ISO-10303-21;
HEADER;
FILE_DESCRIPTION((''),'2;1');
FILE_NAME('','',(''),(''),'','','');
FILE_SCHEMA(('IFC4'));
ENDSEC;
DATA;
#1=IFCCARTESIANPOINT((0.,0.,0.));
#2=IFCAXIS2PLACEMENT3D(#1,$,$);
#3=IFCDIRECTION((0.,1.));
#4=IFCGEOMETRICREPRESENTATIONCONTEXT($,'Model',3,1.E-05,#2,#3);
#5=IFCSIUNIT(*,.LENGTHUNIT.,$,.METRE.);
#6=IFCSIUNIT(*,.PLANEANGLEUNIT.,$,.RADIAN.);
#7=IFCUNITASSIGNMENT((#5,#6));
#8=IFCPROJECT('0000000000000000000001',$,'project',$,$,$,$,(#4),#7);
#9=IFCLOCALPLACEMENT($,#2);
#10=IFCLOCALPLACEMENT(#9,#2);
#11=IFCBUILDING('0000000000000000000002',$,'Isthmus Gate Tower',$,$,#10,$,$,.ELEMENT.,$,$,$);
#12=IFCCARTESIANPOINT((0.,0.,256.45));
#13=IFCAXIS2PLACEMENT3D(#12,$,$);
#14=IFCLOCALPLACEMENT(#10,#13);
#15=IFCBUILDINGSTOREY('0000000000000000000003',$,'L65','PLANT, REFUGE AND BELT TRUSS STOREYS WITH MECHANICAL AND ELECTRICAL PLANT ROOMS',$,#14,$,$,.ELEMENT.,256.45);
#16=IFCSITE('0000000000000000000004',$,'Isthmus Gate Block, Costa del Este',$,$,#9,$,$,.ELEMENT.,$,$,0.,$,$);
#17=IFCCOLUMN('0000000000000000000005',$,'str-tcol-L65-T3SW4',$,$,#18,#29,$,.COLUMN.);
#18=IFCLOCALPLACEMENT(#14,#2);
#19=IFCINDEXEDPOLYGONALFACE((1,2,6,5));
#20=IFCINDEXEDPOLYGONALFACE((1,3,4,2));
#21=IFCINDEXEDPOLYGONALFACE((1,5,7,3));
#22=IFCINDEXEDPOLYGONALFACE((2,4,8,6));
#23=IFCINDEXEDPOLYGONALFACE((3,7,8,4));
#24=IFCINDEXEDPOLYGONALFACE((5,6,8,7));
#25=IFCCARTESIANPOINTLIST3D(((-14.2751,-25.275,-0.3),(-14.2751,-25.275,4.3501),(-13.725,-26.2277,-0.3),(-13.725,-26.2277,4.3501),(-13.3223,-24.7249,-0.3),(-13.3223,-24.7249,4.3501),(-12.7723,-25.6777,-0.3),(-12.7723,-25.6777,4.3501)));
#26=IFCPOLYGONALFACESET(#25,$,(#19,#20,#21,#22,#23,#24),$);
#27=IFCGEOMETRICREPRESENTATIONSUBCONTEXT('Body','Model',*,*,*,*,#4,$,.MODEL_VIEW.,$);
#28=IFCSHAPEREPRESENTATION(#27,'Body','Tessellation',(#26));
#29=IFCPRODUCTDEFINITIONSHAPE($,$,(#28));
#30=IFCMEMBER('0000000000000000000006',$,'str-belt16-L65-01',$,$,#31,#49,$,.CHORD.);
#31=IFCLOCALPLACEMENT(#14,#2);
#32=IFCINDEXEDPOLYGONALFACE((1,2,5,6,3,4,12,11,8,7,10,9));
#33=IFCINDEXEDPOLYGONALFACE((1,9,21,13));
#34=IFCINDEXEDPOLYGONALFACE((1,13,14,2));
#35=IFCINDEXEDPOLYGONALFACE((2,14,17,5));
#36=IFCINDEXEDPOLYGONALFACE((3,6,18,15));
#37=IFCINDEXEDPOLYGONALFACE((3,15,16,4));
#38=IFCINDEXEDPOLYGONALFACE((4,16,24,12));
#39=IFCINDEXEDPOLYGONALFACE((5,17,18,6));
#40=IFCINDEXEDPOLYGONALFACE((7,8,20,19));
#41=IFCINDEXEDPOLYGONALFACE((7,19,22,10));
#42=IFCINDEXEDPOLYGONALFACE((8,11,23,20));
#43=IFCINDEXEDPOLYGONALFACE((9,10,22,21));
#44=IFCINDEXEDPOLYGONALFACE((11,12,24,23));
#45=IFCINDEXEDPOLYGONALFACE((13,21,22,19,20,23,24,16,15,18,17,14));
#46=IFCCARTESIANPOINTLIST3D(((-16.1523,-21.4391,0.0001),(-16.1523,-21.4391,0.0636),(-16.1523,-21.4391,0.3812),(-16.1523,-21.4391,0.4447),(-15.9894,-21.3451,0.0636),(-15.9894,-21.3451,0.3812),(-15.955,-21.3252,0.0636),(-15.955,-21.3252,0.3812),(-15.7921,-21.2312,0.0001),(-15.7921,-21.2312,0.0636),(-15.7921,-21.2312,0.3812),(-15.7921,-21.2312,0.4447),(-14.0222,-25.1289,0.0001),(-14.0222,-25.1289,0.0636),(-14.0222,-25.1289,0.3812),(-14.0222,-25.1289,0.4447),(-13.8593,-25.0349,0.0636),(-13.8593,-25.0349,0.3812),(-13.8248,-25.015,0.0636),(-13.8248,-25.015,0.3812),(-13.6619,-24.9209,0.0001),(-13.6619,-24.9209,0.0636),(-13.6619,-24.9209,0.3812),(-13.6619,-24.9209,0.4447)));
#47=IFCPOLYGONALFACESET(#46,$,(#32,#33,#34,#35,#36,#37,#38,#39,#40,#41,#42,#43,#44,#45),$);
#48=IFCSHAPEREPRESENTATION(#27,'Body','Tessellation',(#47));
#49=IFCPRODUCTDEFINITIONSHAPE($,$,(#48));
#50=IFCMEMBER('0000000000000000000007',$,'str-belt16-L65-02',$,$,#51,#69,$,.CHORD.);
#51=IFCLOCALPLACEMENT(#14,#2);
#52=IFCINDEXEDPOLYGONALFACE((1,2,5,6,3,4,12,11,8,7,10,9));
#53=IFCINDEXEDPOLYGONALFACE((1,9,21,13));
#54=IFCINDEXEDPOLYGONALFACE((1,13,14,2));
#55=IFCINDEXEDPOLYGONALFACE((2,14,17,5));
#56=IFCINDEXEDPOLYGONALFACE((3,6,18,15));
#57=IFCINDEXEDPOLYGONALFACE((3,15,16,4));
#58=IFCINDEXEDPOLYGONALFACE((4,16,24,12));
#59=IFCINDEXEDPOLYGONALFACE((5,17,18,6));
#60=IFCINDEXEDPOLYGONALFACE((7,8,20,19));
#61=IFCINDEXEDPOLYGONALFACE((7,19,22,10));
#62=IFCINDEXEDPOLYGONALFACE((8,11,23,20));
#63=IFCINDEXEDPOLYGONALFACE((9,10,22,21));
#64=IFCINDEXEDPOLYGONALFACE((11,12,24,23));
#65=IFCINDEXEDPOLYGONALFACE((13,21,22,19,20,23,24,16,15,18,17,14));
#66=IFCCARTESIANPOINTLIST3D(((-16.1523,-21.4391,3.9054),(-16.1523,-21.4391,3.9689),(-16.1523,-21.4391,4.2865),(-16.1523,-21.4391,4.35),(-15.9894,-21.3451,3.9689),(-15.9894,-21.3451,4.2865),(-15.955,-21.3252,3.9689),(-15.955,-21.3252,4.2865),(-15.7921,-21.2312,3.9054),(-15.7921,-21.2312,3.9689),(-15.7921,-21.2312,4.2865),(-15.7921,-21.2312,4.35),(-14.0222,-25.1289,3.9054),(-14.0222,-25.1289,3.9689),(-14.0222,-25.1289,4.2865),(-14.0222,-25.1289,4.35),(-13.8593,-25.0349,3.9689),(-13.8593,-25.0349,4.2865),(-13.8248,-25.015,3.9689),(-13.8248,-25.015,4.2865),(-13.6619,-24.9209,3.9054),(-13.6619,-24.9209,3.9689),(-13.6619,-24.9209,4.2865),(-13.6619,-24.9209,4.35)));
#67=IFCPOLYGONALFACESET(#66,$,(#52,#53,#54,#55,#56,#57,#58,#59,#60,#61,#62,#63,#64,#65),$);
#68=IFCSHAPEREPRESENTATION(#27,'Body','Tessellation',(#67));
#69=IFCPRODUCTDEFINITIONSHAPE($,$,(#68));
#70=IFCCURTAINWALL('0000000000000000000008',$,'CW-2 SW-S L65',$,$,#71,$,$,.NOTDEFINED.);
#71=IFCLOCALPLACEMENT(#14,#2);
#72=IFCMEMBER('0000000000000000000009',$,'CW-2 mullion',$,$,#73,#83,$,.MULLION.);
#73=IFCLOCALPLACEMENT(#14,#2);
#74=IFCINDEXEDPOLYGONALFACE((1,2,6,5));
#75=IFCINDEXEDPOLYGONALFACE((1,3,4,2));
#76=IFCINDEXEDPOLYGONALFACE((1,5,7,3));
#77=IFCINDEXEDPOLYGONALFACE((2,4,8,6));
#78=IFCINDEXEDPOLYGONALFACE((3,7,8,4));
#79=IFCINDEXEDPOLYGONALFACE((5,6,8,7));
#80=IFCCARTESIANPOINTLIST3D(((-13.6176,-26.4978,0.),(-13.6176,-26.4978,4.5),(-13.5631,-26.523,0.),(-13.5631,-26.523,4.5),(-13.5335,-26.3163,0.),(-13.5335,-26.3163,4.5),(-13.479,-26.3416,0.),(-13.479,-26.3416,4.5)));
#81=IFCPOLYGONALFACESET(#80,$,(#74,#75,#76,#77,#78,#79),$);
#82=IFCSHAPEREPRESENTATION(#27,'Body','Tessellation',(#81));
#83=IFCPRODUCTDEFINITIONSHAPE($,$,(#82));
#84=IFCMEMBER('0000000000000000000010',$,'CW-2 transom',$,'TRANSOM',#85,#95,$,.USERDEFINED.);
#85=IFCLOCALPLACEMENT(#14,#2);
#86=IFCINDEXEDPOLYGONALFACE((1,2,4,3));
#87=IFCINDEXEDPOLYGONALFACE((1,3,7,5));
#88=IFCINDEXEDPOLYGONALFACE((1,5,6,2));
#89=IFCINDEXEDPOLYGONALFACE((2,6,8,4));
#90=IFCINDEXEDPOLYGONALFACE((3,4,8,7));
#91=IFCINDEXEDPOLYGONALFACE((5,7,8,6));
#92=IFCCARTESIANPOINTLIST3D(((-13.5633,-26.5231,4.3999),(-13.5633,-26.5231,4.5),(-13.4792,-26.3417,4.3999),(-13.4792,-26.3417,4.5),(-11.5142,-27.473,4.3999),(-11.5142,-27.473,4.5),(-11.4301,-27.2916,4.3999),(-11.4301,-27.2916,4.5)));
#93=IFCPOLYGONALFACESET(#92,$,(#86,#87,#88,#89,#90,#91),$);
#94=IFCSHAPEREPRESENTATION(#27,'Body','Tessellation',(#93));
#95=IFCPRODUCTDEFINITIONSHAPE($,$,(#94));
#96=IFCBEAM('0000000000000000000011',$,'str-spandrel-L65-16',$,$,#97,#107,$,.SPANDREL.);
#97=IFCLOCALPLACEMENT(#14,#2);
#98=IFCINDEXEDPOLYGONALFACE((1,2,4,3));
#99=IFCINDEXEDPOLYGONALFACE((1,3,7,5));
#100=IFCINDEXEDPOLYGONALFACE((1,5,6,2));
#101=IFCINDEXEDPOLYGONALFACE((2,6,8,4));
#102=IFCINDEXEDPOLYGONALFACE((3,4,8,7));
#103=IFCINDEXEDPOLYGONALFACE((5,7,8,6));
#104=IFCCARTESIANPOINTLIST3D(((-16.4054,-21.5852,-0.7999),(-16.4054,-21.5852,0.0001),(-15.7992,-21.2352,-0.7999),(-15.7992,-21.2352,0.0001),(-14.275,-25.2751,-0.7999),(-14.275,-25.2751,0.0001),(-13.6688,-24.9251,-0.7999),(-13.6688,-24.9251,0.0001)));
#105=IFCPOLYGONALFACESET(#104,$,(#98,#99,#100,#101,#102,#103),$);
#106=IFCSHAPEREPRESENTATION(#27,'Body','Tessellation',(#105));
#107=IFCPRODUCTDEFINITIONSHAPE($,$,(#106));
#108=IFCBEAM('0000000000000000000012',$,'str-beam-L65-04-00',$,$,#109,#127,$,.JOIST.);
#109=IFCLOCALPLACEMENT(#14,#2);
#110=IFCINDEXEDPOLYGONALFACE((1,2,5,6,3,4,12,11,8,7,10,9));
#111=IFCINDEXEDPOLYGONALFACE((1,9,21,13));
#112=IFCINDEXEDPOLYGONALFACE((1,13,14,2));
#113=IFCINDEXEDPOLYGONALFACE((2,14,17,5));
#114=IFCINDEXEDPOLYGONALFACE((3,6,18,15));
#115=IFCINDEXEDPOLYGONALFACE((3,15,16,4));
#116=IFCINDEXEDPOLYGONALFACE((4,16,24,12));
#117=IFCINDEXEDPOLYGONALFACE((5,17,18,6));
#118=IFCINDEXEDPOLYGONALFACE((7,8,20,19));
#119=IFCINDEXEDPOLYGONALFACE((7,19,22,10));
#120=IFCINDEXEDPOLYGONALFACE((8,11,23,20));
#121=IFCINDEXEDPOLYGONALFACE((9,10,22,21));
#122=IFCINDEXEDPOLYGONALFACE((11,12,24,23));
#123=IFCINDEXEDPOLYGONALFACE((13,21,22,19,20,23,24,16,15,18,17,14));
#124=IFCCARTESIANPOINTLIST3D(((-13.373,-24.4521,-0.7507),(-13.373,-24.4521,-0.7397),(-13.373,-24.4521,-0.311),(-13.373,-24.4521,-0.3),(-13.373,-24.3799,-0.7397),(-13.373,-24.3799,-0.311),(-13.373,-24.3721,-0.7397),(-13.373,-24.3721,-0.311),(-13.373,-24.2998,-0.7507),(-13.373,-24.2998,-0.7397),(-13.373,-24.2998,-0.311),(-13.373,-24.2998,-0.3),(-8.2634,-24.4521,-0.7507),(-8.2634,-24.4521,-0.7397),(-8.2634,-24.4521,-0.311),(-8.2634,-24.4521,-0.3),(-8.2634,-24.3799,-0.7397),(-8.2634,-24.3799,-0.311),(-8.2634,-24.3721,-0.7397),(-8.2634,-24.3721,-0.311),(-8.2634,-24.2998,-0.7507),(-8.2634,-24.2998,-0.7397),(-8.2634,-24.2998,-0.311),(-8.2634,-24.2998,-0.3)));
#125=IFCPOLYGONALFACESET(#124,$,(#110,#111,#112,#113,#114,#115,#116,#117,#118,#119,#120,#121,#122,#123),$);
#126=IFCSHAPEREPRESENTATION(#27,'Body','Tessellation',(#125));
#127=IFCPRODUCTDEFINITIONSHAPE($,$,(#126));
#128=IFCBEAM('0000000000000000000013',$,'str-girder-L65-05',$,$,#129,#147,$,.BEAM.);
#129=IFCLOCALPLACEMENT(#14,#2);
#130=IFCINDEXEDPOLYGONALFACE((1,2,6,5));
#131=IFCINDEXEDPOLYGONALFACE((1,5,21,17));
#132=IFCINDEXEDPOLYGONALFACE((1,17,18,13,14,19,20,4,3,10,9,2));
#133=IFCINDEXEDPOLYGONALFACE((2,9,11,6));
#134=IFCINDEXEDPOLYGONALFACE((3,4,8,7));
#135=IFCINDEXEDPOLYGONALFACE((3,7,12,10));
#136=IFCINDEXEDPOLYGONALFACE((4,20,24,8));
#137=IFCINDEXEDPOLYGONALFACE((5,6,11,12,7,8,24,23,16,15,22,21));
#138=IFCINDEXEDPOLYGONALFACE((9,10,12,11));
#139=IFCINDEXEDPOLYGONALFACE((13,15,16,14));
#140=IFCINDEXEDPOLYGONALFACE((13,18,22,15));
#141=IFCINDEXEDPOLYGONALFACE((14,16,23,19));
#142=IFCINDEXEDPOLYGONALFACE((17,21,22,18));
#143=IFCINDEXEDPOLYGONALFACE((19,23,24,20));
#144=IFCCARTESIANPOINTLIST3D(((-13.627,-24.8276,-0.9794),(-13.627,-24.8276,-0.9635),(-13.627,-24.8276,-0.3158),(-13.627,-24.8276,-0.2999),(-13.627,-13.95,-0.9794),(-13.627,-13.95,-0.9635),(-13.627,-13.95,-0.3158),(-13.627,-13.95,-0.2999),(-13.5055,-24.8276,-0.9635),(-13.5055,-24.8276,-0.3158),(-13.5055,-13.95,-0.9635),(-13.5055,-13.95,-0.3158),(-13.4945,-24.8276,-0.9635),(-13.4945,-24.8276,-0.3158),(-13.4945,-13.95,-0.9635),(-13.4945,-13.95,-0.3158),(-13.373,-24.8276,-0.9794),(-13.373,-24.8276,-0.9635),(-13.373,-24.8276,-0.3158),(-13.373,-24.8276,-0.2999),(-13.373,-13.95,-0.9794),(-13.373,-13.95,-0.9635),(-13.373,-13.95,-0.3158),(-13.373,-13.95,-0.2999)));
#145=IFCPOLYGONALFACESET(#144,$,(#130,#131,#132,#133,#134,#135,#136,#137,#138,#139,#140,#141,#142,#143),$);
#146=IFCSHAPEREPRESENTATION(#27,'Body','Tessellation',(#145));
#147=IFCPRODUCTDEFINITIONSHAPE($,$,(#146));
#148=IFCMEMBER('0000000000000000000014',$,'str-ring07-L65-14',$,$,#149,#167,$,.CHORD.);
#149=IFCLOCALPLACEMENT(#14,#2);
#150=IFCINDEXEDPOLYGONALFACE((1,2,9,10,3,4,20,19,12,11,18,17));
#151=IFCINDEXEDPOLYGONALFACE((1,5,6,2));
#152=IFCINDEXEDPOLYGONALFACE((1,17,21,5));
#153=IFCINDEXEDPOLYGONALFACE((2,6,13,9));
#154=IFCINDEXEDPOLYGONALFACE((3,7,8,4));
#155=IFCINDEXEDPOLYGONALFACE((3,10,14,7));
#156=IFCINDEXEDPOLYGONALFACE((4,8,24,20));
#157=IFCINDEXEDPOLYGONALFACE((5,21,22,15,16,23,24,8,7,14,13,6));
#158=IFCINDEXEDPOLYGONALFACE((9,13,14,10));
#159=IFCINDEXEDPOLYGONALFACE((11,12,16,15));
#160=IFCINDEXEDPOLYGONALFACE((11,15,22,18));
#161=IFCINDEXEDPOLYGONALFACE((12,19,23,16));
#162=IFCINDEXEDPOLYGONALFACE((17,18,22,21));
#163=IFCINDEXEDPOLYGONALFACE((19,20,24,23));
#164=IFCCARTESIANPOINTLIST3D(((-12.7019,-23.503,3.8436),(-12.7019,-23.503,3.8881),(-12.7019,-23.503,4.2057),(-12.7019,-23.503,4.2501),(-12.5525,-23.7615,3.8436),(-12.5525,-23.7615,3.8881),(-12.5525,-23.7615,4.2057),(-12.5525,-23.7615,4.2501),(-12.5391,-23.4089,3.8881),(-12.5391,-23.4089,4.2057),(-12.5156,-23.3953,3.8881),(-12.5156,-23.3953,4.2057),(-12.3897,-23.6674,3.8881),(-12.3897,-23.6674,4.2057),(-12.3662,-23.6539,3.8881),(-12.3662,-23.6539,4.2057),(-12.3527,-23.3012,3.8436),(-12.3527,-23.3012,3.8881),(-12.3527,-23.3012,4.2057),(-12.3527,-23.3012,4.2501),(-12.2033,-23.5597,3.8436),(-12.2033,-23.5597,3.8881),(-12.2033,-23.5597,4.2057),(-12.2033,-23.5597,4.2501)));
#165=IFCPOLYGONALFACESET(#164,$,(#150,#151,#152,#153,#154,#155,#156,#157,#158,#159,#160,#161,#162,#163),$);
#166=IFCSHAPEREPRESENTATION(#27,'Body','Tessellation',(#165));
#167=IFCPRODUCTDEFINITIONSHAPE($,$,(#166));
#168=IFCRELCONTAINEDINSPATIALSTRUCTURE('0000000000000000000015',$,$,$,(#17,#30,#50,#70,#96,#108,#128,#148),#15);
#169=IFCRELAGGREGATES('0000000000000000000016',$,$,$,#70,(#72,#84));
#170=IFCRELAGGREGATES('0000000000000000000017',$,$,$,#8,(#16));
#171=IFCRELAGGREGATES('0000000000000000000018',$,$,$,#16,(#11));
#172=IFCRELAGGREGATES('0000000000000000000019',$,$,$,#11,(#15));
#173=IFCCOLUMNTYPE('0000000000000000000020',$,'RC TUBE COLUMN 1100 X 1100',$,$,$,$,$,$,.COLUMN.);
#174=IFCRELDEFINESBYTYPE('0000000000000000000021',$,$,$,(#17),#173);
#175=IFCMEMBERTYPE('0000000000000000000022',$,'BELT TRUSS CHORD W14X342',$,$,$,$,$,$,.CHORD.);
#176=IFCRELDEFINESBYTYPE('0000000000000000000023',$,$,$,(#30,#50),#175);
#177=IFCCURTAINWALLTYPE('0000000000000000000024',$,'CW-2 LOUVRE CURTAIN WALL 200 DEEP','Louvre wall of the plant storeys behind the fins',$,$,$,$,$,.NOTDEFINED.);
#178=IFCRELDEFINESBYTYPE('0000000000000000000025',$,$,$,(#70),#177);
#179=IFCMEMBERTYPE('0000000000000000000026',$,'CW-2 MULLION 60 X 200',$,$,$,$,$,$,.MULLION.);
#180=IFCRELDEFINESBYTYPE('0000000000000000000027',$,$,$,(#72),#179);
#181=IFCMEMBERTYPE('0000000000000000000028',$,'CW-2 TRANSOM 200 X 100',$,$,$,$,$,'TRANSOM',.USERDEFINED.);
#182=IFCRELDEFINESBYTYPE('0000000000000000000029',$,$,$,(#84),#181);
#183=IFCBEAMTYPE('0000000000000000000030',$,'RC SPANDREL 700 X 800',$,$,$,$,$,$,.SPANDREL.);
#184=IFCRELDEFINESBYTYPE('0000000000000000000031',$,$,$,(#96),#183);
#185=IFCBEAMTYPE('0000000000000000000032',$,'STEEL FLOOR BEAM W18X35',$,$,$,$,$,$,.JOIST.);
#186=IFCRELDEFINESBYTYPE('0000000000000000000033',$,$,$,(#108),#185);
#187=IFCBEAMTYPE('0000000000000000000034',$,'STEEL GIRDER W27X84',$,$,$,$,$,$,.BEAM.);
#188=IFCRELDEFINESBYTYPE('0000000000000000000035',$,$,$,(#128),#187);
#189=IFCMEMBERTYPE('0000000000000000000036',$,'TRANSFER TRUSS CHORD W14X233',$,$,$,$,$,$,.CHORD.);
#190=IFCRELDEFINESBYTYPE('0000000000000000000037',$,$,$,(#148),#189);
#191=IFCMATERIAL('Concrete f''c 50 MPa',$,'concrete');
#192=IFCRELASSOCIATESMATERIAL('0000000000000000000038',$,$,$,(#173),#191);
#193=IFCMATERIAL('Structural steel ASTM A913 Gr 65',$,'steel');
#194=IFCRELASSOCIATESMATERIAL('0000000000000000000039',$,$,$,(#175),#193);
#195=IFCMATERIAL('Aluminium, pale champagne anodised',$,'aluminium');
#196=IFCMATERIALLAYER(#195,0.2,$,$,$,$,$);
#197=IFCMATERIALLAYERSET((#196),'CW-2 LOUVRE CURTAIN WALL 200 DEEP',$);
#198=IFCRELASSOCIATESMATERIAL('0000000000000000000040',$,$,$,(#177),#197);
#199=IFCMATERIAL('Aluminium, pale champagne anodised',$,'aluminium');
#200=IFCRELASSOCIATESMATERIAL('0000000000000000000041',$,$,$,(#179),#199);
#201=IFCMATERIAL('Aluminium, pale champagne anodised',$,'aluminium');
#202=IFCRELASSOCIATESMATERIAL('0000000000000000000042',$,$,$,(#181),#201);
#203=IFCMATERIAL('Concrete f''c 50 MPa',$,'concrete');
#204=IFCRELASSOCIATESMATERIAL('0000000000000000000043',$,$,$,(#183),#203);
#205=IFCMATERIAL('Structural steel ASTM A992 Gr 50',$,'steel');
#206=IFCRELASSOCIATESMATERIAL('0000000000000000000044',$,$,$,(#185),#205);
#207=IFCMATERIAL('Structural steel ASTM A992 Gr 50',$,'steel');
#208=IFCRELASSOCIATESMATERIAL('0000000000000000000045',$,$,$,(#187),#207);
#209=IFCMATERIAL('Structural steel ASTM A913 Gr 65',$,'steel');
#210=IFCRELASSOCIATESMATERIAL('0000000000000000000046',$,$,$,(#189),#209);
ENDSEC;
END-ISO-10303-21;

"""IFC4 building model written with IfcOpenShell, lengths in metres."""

from ifc_helpers import new_model, si_unit, direction, frame, origin, origin_2d, place, context, subcontext, project, spatial, rectangle, i_section, extrude, material, layer, layer_set, material_profile, profile_set, type_object, element, aggregate, save


model = new_model("IFC4")

# Units and contexts
model_context = context("Model", 3, precision=1e-05, world=origin(), true_north=direction((0.0, 1.0)))
body_context = subcontext(model_context, "Body", "Model", "MODEL_VIEW")
ifc_project = project(units=[si_unit("LENGTHUNIT", "METRE"), si_unit("PLANEANGLEUNIT", "RADIAN")], contexts=[model_context])

# Site, building, storey
site_placement = place(None, origin())
site = spatial("IfcSite", under=ifc_project, at=site_placement, Name="Isthmus Gate Block, Costa del Este", CompositionType="ELEMENT", RefElevation=0.0)
building_placement = place(site_placement, origin())
building = spatial("IfcBuilding", under=site, at=building_placement, Name="Isthmus Gate Tower", CompositionType="ELEMENT")
storey_placement = place(building_placement, frame((0.0, 0.0, 256.45)))
storey = spatial("IfcBuildingStorey", under=building, at=storey_placement, Name="L65", Description="PLANT, REFUGE AND BELT TRUSS STOREYS WITH MECHANICAL AND ELECTRICAL PLANT ROOMS", CompositionType="ELEMENT", Elevation=256.45)

# Column
ifc_material_1 = material(Name="Concrete f'c 50 MPa", Category="concrete")
ifc_material_profile_1 = material_profile(ifc_material_1, rectangle(XDim=1.1001, YDim=1.1001, at=origin_2d()), Name="RC 1100X1100")
ifc_profile_set_1 = profile_set([ifc_material_profile_1], Name="Concrete f'c 50 MPa")
column_type = type_object("IfcColumnType", Name="RC TUBE COLUMN 1100 X 1100", PredefinedType="COLUMN", material=ifc_profile_set_1)
column_placement = place(storey_placement, frame((-13.5237, -25.4763, -0.3), z_axis=(0.0, 0.0, 1.0), x_axis=(0.5, -0.866025, 0.0)))
element("IfcColumn", 1, at=column_placement, inside=storey, type_object=column_type, Name="str-tcol-L65-T3SW4", PredefinedType="COLUMN", context=body_context, shape_type="SweptSolid", body=[
    extrude(rectangle(XDim=1.1001, YDim=1.1001, at=origin_2d()), origin(), (0.0, 0.0, 1.0), 4.6501),
])

# Members
ifc_material_2 = material(Name="Structural steel ASTM A913 Gr 65", Category="steel")
ifc_material_profile_2 = material_profile(ifc_material_2, i_section(OverallWidth=0.416, OverallDepth=0.4446, WebThickness=0.0398, FlangeThickness=0.0635, at=origin_2d()), Name="W14X342")
ifc_profile_set_2 = profile_set([ifc_material_profile_2], Name="Structural steel ASTM A913 Gr 65")
member_type_1 = type_object("IfcMemberType", Name="BELT TRUSS CHORD W14X342", PredefinedType="CHORD", material=ifc_profile_set_2)
for number, where, z_axis, x_axis, name in (
    (2, (-13.842, -25.0249, 0.2224), (-0.499979, 0.866038, 0.0), (-0.866038, -0.499979, 0.0), "str-belt16-L65-01"),
    (3, (-13.842, -25.0249, 4.1277), (-0.499979, 0.866038, 0.0), (-0.866038, -0.499979, 0.0), "str-belt16-L65-02"),
):
    element("IfcMember", number, at=place(storey_placement, frame(where, z_axis=z_axis, x_axis=x_axis)), inside=storey, type_object=member_type_1, Name=name, PredefinedType="CHORD", context=body_context, shape_type="SweptSolid", body=[
        extrude(i_section(OverallWidth=0.416, OverallDepth=0.4446, WebThickness=0.0398, FlangeThickness=0.0635, at=origin_2d()), origin(), (0.0, 0.0, 1.0), 4.2605),
    ])

# Curtain wall, members
ifc_material_3 = material(Name="Aluminium, pale champagne anodised", Category="aluminium")
ifc_layer_1 = layer(ifc_material_3, 0.2)
ifc_layer_set_1 = layer_set([ifc_layer_1], Name="CW-2 LOUVRE CURTAIN WALL 200 DEEP")
curtain_wall_type = type_object("IfcCurtainWallType", Name="CW-2 LOUVRE CURTAIN WALL 200 DEEP", Description="Louvre wall of the plant storeys behind the fins", PredefinedType="NOTDEFINED", material=ifc_layer_set_1)
curtain_wall_1_placement = place(storey_placement, origin())
curtain_wall_1 = element("IfcCurtainWall", 4, at=curtain_wall_1_placement, inside=storey, type_object=curtain_wall_type, Name="CW-2 SW-S L65", PredefinedType="NOTDEFINED")
ifc_material_4 = material(Name="Aluminium, pale champagne anodised", Category="aluminium")
ifc_material_profile_3 = material_profile(ifc_material_4, rectangle(XDim=0.0601, YDim=0.2, at=origin_2d()), Name="60x200")
ifc_profile_set_3 = profile_set([ifc_material_profile_3], Name="Aluminium, pale champagne anodised")
member_type_2 = type_object("IfcMemberType", Name="CW-2 MULLION 60 X 200", PredefinedType="MULLION", material=ifc_profile_set_3)
member_1_placement = place(storey_placement, frame((-13.5483, -26.4197, 0.0), z_axis=(0.0, 0.0, 1.0), x_axis=(0.907256, -0.420578, 0.0)))
member_1 = element("IfcMember", 5, at=member_1_placement, type_object=member_type_2, Name="CW-2 mullion", PredefinedType="MULLION", context=body_context, shape_type="SweptSolid", body=[
    extrude(rectangle(XDim=0.0601, YDim=0.2, at=origin_2d()), origin(), (0.0, 0.0, 1.0), 4.5),
])
ifc_material_5 = material(Name="Aluminium, pale champagne anodised", Category="aluminium")
ifc_material_profile_4 = material_profile(ifc_material_5, rectangle(XDim=0.2, YDim=0.1001, at=origin_2d()), Name="200x100")
ifc_profile_set_4 = profile_set([ifc_material_profile_4], Name="Aluminium, pale champagne anodised")
member_type_3 = type_object("IfcMemberType", Name="CW-2 TRANSOM 200 X 100", ElementType="TRANSOM", PredefinedType="USERDEFINED", material=ifc_profile_set_4)
member_2_placement = place(storey_placement, frame((-13.5212, -26.4324, 4.45), z_axis=(0.907246, -0.4206, 0.0), x_axis=(0.4206, 0.907246, 0.0)))
member_2 = element("IfcMember", 6, at=member_2_placement, type_object=member_type_3, Name="CW-2 transom", ObjectType="TRANSOM", PredefinedType="USERDEFINED", context=body_context, shape_type="SweptSolid", body=[
    extrude(rectangle(XDim=0.2, YDim=0.1001, at=origin_2d()), origin(), (0.0, 0.0, 1.0), 2.2585),
])

# Beams
ifc_material_6 = material(Name="Concrete f'c 50 MPa", Category="concrete")
ifc_material_profile_5 = material_profile(ifc_material_6, rectangle(XDim=0.7, YDim=0.8, at=origin_2d()), Name="RC 700X800")
ifc_profile_set_5 = profile_set([ifc_material_profile_5], Name="Concrete f'c 50 MPa")
beam_type_1 = type_object("IfcBeamType", Name="RC SPANDREL 700 X 800", PredefinedType="SPANDREL", material=ifc_profile_set_5)
beam_1_placement = place(storey_placement, frame((-13.9719, -25.1001, -0.3999), z_axis=(-0.499997, 0.866027, 0.0), x_axis=(-0.866027, -0.499997, 0.0)))
element("IfcBeam", 7, at=beam_1_placement, inside=storey, type_object=beam_type_1, Name="str-spandrel-L65-16", PredefinedType="SPANDREL", context=body_context, shape_type="SweptSolid", body=[
    extrude(rectangle(XDim=0.7, YDim=0.8, at=origin_2d()), origin(), (0.0, 0.0, 1.0), 4.2607),
])
ifc_material_7 = material(Name="Structural steel ASTM A992 Gr 50", Category="steel")
ifc_material_profile_6 = material_profile(ifc_material_7, i_section(OverallWidth=0.1523, OverallDepth=0.4507, WebThickness=0.0078, FlangeThickness=0.011, at=origin_2d()), Name="W18X35")
ifc_profile_set_6 = profile_set([ifc_material_profile_6], Name="Structural steel ASTM A992 Gr 50")
beam_type_2 = type_object("IfcBeamType", Name="STEEL FLOOR BEAM W18X35", PredefinedType="JOIST", material=ifc_profile_set_6)
beam_2_placement = place(storey_placement, frame((-13.373, -24.376, -0.5254), z_axis=(1.0, 0.0, 0.0), x_axis=(0.0, 1.0, 0.0)))
element("IfcBeam", 8, at=beam_2_placement, inside=storey, type_object=beam_type_2, Name="str-beam-L65-04-00", PredefinedType="JOIST", context=body_context, shape_type="SweptSolid", body=[
    extrude(i_section(OverallWidth=0.1523, OverallDepth=0.4507, WebThickness=0.0078, FlangeThickness=0.011, at=origin_2d()), origin(), (0.0, 0.0, 1.0), 5.1096),
])
ifc_material_8 = material(Name="Structural steel ASTM A992 Gr 50", Category="steel")
ifc_material_profile_7 = material_profile(ifc_material_8, i_section(OverallWidth=0.2539, OverallDepth=0.6794, WebThickness=0.011, FlangeThickness=0.0159, at=origin_2d()), Name="W27X84")
ifc_profile_set_7 = profile_set([ifc_material_profile_7], Name="Structural steel ASTM A992 Gr 50")
beam_type_3 = type_object("IfcBeamType", Name="STEEL GIRDER W27X84", PredefinedType="BEAM", material=ifc_profile_set_7)
beam_3_placement = place(storey_placement, frame((-13.5, -24.8276, -0.6396), z_axis=(0.0, 1.0, 0.0), x_axis=(-1.0, 0.0, 0.0)))
element("IfcBeam", 9, at=beam_3_placement, inside=storey, type_object=beam_type_3, Name="str-girder-L65-05", PredefinedType="BEAM", context=body_context, shape_type="SweptSolid", body=[
    extrude(i_section(OverallWidth=0.2539, OverallDepth=0.6794, WebThickness=0.011, FlangeThickness=0.0159, at=origin_2d()), origin(), (0.0, 0.0, 1.0), 10.8777),
])

# Member
ifc_material_9 = material(Name="Structural steel ASTM A913 Gr 65", Category="steel")
ifc_material_profile_8 = material_profile(ifc_material_9, i_section(OverallWidth=0.4033, OverallDepth=0.4065, WebThickness=0.0271, FlangeThickness=0.0444, at=origin_2d()), Name="W14X233")
ifc_profile_set_8 = profile_set([ifc_material_profile_8], Name="Structural steel ASTM A913 Gr 65")
member_type_4 = type_object("IfcMemberType", Name="TRANSFER TRUSS CHORD W14X233", PredefinedType="CHORD", material=ifc_profile_set_8)
member_3_placement = place(storey_placement, frame((-12.3779, -23.6606, 4.0469), z_axis=(-0.500359, 0.865818, 0.0), x_axis=(-0.865818, -0.500359, 0.0)))
element("IfcMember", 10, at=member_3_placement, inside=storey, type_object=member_type_4, Name="str-ring07-L65-14", PredefinedType="CHORD", context=body_context, shape_type="SweptSolid", body=[
    extrude(i_section(OverallWidth=0.4033, OverallDepth=0.4065, WebThickness=0.0271, FlangeThickness=0.0444, at=origin_2d()), origin(), (0.0, 0.0, 1.0), 0.2986),
])

aggregate(curtain_wall_1, [member_1, member_2])

save(model, "model.ifc")
